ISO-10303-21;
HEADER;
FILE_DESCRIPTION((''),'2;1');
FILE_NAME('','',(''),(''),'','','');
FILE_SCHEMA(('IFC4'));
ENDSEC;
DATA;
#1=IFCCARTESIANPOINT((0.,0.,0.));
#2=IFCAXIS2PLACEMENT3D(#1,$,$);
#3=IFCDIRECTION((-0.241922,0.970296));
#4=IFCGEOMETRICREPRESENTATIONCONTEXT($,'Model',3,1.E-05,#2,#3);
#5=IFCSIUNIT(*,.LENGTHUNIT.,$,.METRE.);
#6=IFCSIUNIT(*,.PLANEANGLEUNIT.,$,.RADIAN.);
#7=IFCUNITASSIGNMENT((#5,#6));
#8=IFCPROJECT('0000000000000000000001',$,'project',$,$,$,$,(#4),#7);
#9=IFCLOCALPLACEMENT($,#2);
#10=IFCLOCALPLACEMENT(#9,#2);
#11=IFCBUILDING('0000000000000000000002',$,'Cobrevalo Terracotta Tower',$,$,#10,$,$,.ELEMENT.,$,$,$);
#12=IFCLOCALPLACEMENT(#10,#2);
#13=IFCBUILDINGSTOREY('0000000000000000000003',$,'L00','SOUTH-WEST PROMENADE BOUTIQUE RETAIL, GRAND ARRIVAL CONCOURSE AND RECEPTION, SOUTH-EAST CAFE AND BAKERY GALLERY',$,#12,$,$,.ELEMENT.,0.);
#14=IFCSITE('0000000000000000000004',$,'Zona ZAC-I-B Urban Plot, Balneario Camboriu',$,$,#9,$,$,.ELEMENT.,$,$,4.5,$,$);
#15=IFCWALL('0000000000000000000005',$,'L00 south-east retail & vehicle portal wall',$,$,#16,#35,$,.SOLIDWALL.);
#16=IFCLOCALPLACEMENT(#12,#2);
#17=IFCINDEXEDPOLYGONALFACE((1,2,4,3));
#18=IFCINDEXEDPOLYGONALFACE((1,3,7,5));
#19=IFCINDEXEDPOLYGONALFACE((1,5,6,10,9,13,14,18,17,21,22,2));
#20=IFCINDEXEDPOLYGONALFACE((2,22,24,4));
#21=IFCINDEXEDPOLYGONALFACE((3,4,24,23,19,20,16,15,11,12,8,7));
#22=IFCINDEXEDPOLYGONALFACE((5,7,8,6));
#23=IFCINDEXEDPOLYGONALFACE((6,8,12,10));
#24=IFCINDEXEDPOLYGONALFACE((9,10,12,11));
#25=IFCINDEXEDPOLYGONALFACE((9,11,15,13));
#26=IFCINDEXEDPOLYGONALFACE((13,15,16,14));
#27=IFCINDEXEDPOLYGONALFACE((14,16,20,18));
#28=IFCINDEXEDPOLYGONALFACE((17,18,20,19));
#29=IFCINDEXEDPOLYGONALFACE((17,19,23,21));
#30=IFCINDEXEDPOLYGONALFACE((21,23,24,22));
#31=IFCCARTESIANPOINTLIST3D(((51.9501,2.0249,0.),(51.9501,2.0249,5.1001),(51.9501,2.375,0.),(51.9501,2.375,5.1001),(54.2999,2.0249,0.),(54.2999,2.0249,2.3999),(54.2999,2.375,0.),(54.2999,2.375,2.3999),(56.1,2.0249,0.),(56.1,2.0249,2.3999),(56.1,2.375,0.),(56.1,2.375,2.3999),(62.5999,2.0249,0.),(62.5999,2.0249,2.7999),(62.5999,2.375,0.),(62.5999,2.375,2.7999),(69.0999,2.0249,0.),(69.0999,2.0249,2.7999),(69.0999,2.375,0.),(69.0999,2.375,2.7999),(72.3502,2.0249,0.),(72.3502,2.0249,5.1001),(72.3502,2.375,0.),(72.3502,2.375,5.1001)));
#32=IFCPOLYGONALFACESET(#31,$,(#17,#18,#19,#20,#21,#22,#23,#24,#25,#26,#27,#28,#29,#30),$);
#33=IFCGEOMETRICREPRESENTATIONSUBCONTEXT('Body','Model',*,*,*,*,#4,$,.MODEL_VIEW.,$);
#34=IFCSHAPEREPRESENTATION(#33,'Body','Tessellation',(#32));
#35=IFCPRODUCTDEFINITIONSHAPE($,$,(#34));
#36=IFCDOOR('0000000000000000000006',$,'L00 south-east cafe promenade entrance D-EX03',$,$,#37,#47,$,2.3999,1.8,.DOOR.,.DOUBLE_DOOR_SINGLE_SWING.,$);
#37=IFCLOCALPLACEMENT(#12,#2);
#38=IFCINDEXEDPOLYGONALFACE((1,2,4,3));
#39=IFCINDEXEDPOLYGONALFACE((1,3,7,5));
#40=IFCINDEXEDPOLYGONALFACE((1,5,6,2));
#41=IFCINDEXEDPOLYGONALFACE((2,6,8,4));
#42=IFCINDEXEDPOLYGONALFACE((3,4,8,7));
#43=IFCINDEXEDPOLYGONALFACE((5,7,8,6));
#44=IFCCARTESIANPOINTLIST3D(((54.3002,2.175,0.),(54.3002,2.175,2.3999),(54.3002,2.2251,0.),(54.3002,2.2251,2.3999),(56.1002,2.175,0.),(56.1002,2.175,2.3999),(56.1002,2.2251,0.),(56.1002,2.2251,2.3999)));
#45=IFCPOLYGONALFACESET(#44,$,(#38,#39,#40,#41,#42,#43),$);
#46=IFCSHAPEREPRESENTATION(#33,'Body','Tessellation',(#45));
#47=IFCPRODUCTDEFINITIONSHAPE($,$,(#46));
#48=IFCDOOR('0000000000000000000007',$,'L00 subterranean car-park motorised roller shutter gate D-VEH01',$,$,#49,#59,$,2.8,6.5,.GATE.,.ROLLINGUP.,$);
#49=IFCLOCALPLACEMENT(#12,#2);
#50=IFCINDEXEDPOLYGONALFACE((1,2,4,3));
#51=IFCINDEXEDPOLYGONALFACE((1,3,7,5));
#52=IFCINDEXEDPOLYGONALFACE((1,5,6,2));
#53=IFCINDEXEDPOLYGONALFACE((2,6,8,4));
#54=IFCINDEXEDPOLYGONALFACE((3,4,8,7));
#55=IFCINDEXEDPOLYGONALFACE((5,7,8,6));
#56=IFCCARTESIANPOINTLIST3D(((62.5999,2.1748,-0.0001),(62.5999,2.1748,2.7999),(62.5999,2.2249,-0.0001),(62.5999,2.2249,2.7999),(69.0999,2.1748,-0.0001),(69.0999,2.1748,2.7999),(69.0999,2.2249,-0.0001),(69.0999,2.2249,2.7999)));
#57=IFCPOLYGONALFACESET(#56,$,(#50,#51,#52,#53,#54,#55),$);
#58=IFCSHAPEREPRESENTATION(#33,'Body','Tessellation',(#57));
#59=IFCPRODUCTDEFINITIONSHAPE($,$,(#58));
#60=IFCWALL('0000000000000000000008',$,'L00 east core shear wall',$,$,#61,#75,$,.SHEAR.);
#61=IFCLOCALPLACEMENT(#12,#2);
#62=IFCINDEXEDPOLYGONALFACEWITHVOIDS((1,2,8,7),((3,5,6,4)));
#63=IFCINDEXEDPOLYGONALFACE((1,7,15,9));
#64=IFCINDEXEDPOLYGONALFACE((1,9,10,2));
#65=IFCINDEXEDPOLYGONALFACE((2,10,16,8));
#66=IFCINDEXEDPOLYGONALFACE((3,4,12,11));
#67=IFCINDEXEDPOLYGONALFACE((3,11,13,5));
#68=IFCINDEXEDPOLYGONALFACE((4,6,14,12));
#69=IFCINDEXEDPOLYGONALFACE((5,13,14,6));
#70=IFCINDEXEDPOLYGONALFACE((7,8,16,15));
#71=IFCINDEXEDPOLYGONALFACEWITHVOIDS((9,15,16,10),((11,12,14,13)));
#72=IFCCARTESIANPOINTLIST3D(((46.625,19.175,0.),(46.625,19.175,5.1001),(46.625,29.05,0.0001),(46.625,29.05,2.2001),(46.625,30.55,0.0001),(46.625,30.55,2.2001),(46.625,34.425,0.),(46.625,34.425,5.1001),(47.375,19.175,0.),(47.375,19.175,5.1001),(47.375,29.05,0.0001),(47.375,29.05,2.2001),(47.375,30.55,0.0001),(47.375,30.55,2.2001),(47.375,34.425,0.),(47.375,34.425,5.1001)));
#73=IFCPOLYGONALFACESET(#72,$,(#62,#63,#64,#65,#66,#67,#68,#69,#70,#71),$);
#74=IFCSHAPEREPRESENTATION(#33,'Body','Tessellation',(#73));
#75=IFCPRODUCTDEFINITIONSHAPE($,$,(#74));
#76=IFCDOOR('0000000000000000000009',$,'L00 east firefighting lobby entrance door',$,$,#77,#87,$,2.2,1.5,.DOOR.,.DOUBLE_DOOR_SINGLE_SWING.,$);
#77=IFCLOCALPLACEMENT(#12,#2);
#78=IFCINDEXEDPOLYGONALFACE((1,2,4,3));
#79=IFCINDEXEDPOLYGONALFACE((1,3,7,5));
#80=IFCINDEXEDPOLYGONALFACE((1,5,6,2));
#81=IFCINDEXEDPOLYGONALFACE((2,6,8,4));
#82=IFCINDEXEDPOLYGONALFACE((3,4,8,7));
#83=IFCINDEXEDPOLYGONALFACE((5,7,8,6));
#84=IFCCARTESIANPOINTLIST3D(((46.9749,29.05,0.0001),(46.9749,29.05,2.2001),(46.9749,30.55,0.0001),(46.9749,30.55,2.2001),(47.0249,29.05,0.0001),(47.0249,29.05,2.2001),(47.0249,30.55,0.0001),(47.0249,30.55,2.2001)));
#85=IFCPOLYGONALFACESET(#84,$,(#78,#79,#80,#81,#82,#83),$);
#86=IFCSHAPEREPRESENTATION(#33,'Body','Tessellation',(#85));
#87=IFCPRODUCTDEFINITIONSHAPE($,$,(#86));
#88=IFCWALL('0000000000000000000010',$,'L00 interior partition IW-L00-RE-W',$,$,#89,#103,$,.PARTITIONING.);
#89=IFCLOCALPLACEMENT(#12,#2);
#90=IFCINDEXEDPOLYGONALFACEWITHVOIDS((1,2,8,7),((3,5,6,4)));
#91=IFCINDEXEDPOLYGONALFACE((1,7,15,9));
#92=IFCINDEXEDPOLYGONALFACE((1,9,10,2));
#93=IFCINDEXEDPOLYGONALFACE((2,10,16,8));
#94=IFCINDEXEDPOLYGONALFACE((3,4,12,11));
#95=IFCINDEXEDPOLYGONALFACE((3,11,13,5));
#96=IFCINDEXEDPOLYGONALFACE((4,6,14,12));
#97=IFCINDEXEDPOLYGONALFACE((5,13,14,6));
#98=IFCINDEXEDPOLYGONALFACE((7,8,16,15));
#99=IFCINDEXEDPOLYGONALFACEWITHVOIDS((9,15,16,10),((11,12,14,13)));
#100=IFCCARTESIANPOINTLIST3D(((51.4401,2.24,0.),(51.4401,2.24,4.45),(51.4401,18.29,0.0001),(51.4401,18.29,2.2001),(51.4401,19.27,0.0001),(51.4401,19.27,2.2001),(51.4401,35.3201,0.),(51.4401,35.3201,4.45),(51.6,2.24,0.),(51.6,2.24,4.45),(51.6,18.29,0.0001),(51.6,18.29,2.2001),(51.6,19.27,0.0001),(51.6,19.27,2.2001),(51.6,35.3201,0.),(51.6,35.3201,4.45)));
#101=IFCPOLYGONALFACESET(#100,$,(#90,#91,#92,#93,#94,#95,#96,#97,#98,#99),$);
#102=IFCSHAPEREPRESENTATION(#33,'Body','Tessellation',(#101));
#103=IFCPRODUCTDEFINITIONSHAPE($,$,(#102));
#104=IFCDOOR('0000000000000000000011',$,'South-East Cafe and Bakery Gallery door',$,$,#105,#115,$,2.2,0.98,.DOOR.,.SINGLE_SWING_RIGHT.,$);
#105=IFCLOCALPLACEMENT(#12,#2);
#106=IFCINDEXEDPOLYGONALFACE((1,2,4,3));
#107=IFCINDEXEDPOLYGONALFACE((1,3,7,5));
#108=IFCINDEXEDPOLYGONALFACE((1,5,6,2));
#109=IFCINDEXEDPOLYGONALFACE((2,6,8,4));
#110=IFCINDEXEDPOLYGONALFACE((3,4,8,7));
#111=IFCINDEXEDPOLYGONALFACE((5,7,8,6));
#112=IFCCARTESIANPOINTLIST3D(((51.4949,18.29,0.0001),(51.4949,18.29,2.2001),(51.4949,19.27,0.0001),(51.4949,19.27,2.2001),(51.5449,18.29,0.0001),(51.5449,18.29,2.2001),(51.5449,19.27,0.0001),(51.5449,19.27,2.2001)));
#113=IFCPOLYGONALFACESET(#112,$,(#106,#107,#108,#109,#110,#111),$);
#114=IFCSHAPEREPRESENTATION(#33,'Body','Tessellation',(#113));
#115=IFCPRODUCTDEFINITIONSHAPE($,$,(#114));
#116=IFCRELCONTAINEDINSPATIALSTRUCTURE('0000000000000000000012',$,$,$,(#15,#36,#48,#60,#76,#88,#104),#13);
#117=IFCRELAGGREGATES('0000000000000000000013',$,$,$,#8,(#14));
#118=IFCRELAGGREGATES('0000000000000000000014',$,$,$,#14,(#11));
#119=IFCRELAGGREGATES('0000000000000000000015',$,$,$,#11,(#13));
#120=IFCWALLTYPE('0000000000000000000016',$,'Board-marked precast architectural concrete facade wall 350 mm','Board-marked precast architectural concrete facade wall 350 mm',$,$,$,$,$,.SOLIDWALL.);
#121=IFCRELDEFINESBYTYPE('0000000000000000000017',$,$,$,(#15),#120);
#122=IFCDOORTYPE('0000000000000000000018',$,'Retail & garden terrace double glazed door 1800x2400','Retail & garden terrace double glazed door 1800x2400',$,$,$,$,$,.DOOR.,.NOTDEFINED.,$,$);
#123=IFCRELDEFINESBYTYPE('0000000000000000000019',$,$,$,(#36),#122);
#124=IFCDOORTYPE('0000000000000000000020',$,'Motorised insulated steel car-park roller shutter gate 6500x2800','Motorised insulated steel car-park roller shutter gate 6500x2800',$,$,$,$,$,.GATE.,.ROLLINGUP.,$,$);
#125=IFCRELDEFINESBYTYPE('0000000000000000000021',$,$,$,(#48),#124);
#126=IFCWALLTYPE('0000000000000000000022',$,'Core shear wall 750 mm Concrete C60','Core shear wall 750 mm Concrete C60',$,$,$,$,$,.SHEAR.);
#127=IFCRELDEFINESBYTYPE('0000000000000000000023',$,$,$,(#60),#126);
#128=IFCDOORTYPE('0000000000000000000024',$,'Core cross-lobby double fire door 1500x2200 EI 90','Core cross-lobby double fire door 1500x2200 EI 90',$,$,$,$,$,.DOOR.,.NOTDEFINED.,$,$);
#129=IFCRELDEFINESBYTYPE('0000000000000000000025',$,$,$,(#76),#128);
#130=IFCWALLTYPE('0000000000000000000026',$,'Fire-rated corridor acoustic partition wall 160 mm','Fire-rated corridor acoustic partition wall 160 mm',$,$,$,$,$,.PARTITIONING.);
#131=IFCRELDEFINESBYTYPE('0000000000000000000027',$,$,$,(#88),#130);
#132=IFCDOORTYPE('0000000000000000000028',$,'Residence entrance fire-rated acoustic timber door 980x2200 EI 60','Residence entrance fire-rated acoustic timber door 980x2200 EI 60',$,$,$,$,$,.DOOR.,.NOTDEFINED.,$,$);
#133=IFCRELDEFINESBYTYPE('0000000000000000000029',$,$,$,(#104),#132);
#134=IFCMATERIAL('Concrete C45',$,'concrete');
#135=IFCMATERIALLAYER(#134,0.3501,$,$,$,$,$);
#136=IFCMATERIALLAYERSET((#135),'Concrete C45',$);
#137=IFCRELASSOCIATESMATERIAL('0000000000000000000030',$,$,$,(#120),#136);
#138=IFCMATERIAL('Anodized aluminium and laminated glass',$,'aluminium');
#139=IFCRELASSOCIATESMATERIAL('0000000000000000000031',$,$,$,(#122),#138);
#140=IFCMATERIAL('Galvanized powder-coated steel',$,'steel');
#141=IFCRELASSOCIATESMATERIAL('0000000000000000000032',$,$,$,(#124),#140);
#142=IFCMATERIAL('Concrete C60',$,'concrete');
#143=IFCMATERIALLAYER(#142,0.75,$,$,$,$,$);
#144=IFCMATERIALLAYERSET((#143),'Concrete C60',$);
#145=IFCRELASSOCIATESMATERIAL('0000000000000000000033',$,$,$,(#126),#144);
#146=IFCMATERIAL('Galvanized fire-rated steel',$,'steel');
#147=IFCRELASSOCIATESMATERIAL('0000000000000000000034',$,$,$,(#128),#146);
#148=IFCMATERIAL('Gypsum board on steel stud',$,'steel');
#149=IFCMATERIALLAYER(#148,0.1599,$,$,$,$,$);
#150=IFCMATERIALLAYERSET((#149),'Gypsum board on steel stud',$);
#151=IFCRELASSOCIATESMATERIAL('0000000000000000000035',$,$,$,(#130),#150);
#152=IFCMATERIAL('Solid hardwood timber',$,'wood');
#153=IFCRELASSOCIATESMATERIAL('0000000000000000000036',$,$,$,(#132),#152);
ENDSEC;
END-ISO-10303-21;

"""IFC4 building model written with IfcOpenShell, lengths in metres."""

from ifc_helpers import new_model, si_unit, direction, frame, frame_2d, origin, place, context, subcontext, project, spatial, rectangle, extrude, source, transform, mapped, material, layer, layer_set, type_object, element, fill, save


model = new_model("IFC4")

# Units and contexts
model_context = context("Model", 3, precision=1e-05, world=origin(), true_north=direction((-0.241922, 0.970296)))
body_context = subcontext(model_context, "Body", "Model", "MODEL_VIEW")
ifc_project = project(units=[si_unit("LENGTHUNIT", "METRE"), si_unit("PLANEANGLEUNIT", "RADIAN")], contexts=[model_context])

# Site, building, storey
site_placement = place(None, origin())
site = spatial("IfcSite", under=ifc_project, at=site_placement, Name="Zona ZAC-I-B Urban Plot, Balneario Camboriu", CompositionType="ELEMENT", RefElevation=4.5)
building_placement = place(site_placement, origin())
building = spatial("IfcBuilding", under=site, at=building_placement, Name="Cobrevalo Terracotta Tower", CompositionType="ELEMENT")
storey_placement = place(building_placement, origin())
storey = spatial("IfcBuildingStorey", under=building, at=storey_placement, Name="L00", Description="SOUTH-WEST PROMENADE BOUTIQUE RETAIL, GRAND ARRIVAL CONCOURSE AND RECEPTION, SOUTH-EAST CAFE AND BAKERY GALLERY", CompositionType="ELEMENT", Elevation=0.0)

# Shared definitions
ifc_material_1 = material(Name="Concrete C60", Category="concrete")

# Wall, openings, doors
ifc_material_2 = material(Name="Concrete C45", Category="concrete")
ifc_layer_1 = layer(ifc_material_2, 0.3501)
ifc_layer_set_1 = layer_set([ifc_layer_1], Name="Concrete C45")
wall_type_1 = type_object("IfcWallType", Name="Board-marked precast architectural concrete facade wall 350 mm", Description="Board-marked precast architectural concrete facade wall 350 mm", PredefinedType="SOLIDWALL", material=ifc_layer_set_1)
wall_1_placement = place(storey_placement, frame((51.95, 2.2, 0.0), z_axis=(0.0, 0.0, 1.0), x_axis=(1.0, 0.0, 0.0)))
wall_1 = element("IfcWall", 1, at=wall_1_placement, inside=storey, type_object=wall_type_1, Name="L00 south-east retail & vehicle portal wall", PredefinedType="SOLIDWALL", context=body_context, shape_type="SweptSolid", body=[
    extrude(rectangle(XDim=20.4001, YDim=0.3501, at=frame_2d((10.2002, 0.0))), origin(), (0.0, 0.0, 1.0), 5.1001),
])
opening_1_placement = place(wall_1_placement, frame((2.3501, 0.0, 0.0)))
opening_1 = element("IfcOpeningElement", 2, at=opening_1_placement, cuts=wall_1, PredefinedType="OPENING", context=body_context, shape_type="SweptSolid", body=[
    extrude(rectangle(XDim=1.8, YDim=2.3999, at=frame_2d((0.8999, 1.2))), frame((0.0, 0.1851, 0.0), z_axis=(0.0, -1.0, 0.0), x_axis=(1.0, 0.0, 0.0)), (0.0, 0.0, 1.0), 0.3701),
])
opening_2_placement = place(wall_1_placement, frame((10.6499, 0.0, 0.0)))
opening_2 = element("IfcOpeningElement", 3, at=opening_2_placement, cuts=wall_1, PredefinedType="OPENING", context=body_context, shape_type="SweptSolid", body=[
    extrude(rectangle(XDim=6.5, YDim=2.8, at=frame_2d((3.25, 1.3999))), frame((0.0, 0.1851, 0.0), z_axis=(0.0, -1.0, 0.0), x_axis=(1.0, 0.0, 0.0)), (0.0, 0.0, 1.0), 0.3701),
])
ifc_material_3 = material(Name="Anodized aluminium and laminated glass", Category="aluminium")
door_type_1 = type_object("IfcDoorType", Name="Retail & garden terrace double glazed door 1800x2400", Description="Retail & garden terrace double glazed door 1800x2400", OperationType="NOTDEFINED", PredefinedType="DOOR", material=ifc_material_3)
shared_shape_1 = source(origin(), body_context, "Body", "SweptSolid", [
    extrude(rectangle(XDim=1.8, YDim=2.3999, at=frame_2d((0.8999, 1.2))), frame((0.0, 0.0249, 0.0), z_axis=(0.0, -1.0, 0.0), x_axis=(1.0, 0.0, 0.0)), (0.0, 0.0, 1.0), 0.05),
])
door_1_placement = place(opening_1_placement, frame((1.8, 0.0, 0.0), z_axis=(0.0, 0.0, 1.0), x_axis=(-1.0, 0.0, 0.0)))
door_1 = element("IfcDoor", 4, at=door_1_placement, inside=storey, type_object=door_type_1, Name="L00 south-east cafe promenade entrance D-EX03", OperationType="DOUBLE_DOOR_SINGLE_SWING", OverallHeight=2.3999, OverallWidth=1.8, PredefinedType="DOOR", context=body_context, shape_type="MappedRepresentation", body=[
    mapped(shared_shape_1, transform((0.0, 0.0, 0.0), scale=1.0)),
])
fill(opening_1, door_1)
ifc_material_4 = material(Name="Galvanized powder-coated steel", Category="steel")
door_type_2 = type_object("IfcDoorType", Name="Motorised insulated steel car-park roller shutter gate 6500x2800", Description="Motorised insulated steel car-park roller shutter gate 6500x2800", OperationType="ROLLINGUP", PredefinedType="GATE", material=ifc_material_4)
shared_shape_2 = source(origin(), body_context, "Body", "SweptSolid", [
    extrude(rectangle(XDim=6.5, YDim=2.8, at=frame_2d((3.25, 1.3999))), frame((0.0, 0.0249, 0.0), z_axis=(0.0, -1.0, 0.0), x_axis=(1.0, 0.0, 0.0)), (0.0, 0.0, 1.0), 0.05),
])
door_2_placement = place(opening_2_placement, origin())
door_2 = element("IfcDoor", 5, at=door_2_placement, inside=storey, type_object=door_type_2, Name="L00 subterranean car-park motorised roller shutter gate D-VEH01", OperationType="ROLLINGUP", OverallHeight=2.8, OverallWidth=6.5, PredefinedType="GATE", context=body_context, shape_type="MappedRepresentation", body=[
    mapped(shared_shape_2, transform((0.0, 0.0, 0.0), scale=1.0)),
])
fill(opening_2, door_2)

# Walls, openings, doors
ifc_layer_2 = layer(ifc_material_1, 0.75)
ifc_layer_set_2 = layer_set([ifc_layer_2], Name="Concrete C60")
wall_type_2 = type_object("IfcWallType", Name="Core shear wall 750 mm Concrete C60", Description="Core shear wall 750 mm Concrete C60", PredefinedType="SHEAR", material=ifc_layer_set_2)
wall_2_placement = place(storey_placement, frame((47.0, 19.175, 0.0), z_axis=(0.0, 0.0, 1.0), x_axis=(0.0, 1.0, 0.0)))
wall_2 = element("IfcWall", 6, at=wall_2_placement, inside=storey, type_object=wall_type_2, Name="L00 east core shear wall", PredefinedType="SHEAR", context=body_context, shape_type="SweptSolid", body=[
    extrude(rectangle(XDim=15.25, YDim=0.75, at=frame_2d((7.625, 0.0))), origin(), (0.0, 0.0, 1.0), 5.1001),
])
opening_3_placement = place(wall_2_placement, frame((9.875, 0.0, 0.0)))
opening_3 = element("IfcOpeningElement", 7, at=opening_3_placement, cuts=wall_2, PredefinedType="OPENING", context=body_context, shape_type="SweptSolid", body=[
    extrude(rectangle(XDim=1.5, YDim=2.2, at=frame_2d((0.75, 1.1001))), frame((0.0, 0.385, 0.0), z_axis=(0.0, -1.0, 0.0), x_axis=(1.0, 0.0, 0.0)), (0.0, 0.0, 1.0), 0.77),
])
ifc_material_5 = material(Name="Galvanized fire-rated steel", Category="steel")
door_type_3 = type_object("IfcDoorType", Name="Core cross-lobby double fire door 1500x2200 EI 90", Description="Core cross-lobby double fire door 1500x2200 EI 90", OperationType="NOTDEFINED", PredefinedType="DOOR", material=ifc_material_5)
shared_shape_3 = source(origin(), body_context, "Body", "SweptSolid", [
    extrude(rectangle(XDim=1.5, YDim=2.2, at=frame_2d((0.75, 1.1001))), frame((0.0, 0.0249, 0.0), z_axis=(0.0, -1.0, 0.0), x_axis=(1.0, 0.0, 0.0)), (0.0, 0.0, 1.0), 0.05),
])
door_3_placement = place(opening_3_placement, frame((1.5, 0.0, 0.0), z_axis=(0.0, 0.0, 1.0), x_axis=(-1.0, 0.0, 0.0)))
door_3 = element("IfcDoor", 8, at=door_3_placement, inside=storey, type_object=door_type_3, Name="L00 east firefighting lobby entrance door", OperationType="DOUBLE_DOOR_SINGLE_SWING", OverallHeight=2.2, OverallWidth=1.5, PredefinedType="DOOR", context=body_context, shape_type="MappedRepresentation", body=[
    mapped(shared_shape_3, transform((0.0, 0.0, 0.0), scale=1.0)),
])
fill(opening_3, door_3)
ifc_material_6 = material(Name="Gypsum board on steel stud", Category="steel")
ifc_layer_3 = layer(ifc_material_6, 0.1599)
ifc_layer_set_3 = layer_set([ifc_layer_3], Name="Gypsum board on steel stud")
wall_type_3 = type_object("IfcWallType", Name="Fire-rated corridor acoustic partition wall 160 mm", Description="Fire-rated corridor acoustic partition wall 160 mm", PredefinedType="PARTITIONING", material=ifc_layer_set_3)
wall_3_placement = place(storey_placement, frame((51.52, 2.24, 0.0), z_axis=(0.0, 0.0, 1.0), x_axis=(0.0, 1.0, 0.0)))
wall_3 = element("IfcWall", 9, at=wall_3_placement, inside=storey, type_object=wall_type_3, Name="L00 interior partition IW-L00-RE-W", PredefinedType="PARTITIONING", context=body_context, shape_type="SweptSolid", body=[
    extrude(rectangle(XDim=33.0801, YDim=0.1599, at=frame_2d((16.54, 0.0))), origin(), (0.0, 0.0, 1.0), 4.45),
])
opening_4_placement = place(wall_3_placement, frame((16.05, 0.0, 0.0)))
opening_4 = element("IfcOpeningElement", 10, at=opening_4_placement, cuts=wall_3, PredefinedType="OPENING", context=body_context, shape_type="SweptSolid", body=[
    extrude(rectangle(XDim=0.98, YDim=2.2, at=frame_2d((0.49, 1.1001))), frame((0.0, 0.0898, 0.0), z_axis=(0.0, -1.0, 0.0), x_axis=(1.0, 0.0, 0.0)), (0.0, 0.0, 1.0), 0.1799),
])
ifc_material_7 = material(Name="Solid hardwood timber", Category="wood")
door_type_4 = type_object("IfcDoorType", Name="Residence entrance fire-rated acoustic timber door 980x2200 EI 60", Description="Residence entrance fire-rated acoustic timber door 980x2200 EI 60", OperationType="NOTDEFINED", PredefinedType="DOOR", material=ifc_material_7)
shared_shape_4 = source(origin(), body_context, "Body", "SweptSolid", [
    extrude(rectangle(XDim=0.98, YDim=2.2, at=frame_2d((0.49, 1.1001))), frame((0.0, 0.0249, 0.0), z_axis=(0.0, -1.0, 0.0), x_axis=(1.0, 0.0, 0.0)), (0.0, 0.0, 1.0), 0.05),
])
door_4_placement = place(opening_4_placement, frame((0.98, 0.0, 0.0), z_axis=(0.0, 0.0, 1.0), x_axis=(-1.0, 0.0, 0.0)))
door_4 = element("IfcDoor", 11, at=door_4_placement, inside=storey, type_object=door_type_4, Name="South-East Cafe and Bakery Gallery door", OperationType="SINGLE_SWING_RIGHT", OverallHeight=2.2, OverallWidth=0.98, PredefinedType="DOOR", context=body_context, shape_type="MappedRepresentation", body=[
    mapped(shared_shape_4, transform((0.0, 0.0, 0.0), scale=1.0)),
])
fill(opening_4, door_4)

save(model, "model.ifc")
